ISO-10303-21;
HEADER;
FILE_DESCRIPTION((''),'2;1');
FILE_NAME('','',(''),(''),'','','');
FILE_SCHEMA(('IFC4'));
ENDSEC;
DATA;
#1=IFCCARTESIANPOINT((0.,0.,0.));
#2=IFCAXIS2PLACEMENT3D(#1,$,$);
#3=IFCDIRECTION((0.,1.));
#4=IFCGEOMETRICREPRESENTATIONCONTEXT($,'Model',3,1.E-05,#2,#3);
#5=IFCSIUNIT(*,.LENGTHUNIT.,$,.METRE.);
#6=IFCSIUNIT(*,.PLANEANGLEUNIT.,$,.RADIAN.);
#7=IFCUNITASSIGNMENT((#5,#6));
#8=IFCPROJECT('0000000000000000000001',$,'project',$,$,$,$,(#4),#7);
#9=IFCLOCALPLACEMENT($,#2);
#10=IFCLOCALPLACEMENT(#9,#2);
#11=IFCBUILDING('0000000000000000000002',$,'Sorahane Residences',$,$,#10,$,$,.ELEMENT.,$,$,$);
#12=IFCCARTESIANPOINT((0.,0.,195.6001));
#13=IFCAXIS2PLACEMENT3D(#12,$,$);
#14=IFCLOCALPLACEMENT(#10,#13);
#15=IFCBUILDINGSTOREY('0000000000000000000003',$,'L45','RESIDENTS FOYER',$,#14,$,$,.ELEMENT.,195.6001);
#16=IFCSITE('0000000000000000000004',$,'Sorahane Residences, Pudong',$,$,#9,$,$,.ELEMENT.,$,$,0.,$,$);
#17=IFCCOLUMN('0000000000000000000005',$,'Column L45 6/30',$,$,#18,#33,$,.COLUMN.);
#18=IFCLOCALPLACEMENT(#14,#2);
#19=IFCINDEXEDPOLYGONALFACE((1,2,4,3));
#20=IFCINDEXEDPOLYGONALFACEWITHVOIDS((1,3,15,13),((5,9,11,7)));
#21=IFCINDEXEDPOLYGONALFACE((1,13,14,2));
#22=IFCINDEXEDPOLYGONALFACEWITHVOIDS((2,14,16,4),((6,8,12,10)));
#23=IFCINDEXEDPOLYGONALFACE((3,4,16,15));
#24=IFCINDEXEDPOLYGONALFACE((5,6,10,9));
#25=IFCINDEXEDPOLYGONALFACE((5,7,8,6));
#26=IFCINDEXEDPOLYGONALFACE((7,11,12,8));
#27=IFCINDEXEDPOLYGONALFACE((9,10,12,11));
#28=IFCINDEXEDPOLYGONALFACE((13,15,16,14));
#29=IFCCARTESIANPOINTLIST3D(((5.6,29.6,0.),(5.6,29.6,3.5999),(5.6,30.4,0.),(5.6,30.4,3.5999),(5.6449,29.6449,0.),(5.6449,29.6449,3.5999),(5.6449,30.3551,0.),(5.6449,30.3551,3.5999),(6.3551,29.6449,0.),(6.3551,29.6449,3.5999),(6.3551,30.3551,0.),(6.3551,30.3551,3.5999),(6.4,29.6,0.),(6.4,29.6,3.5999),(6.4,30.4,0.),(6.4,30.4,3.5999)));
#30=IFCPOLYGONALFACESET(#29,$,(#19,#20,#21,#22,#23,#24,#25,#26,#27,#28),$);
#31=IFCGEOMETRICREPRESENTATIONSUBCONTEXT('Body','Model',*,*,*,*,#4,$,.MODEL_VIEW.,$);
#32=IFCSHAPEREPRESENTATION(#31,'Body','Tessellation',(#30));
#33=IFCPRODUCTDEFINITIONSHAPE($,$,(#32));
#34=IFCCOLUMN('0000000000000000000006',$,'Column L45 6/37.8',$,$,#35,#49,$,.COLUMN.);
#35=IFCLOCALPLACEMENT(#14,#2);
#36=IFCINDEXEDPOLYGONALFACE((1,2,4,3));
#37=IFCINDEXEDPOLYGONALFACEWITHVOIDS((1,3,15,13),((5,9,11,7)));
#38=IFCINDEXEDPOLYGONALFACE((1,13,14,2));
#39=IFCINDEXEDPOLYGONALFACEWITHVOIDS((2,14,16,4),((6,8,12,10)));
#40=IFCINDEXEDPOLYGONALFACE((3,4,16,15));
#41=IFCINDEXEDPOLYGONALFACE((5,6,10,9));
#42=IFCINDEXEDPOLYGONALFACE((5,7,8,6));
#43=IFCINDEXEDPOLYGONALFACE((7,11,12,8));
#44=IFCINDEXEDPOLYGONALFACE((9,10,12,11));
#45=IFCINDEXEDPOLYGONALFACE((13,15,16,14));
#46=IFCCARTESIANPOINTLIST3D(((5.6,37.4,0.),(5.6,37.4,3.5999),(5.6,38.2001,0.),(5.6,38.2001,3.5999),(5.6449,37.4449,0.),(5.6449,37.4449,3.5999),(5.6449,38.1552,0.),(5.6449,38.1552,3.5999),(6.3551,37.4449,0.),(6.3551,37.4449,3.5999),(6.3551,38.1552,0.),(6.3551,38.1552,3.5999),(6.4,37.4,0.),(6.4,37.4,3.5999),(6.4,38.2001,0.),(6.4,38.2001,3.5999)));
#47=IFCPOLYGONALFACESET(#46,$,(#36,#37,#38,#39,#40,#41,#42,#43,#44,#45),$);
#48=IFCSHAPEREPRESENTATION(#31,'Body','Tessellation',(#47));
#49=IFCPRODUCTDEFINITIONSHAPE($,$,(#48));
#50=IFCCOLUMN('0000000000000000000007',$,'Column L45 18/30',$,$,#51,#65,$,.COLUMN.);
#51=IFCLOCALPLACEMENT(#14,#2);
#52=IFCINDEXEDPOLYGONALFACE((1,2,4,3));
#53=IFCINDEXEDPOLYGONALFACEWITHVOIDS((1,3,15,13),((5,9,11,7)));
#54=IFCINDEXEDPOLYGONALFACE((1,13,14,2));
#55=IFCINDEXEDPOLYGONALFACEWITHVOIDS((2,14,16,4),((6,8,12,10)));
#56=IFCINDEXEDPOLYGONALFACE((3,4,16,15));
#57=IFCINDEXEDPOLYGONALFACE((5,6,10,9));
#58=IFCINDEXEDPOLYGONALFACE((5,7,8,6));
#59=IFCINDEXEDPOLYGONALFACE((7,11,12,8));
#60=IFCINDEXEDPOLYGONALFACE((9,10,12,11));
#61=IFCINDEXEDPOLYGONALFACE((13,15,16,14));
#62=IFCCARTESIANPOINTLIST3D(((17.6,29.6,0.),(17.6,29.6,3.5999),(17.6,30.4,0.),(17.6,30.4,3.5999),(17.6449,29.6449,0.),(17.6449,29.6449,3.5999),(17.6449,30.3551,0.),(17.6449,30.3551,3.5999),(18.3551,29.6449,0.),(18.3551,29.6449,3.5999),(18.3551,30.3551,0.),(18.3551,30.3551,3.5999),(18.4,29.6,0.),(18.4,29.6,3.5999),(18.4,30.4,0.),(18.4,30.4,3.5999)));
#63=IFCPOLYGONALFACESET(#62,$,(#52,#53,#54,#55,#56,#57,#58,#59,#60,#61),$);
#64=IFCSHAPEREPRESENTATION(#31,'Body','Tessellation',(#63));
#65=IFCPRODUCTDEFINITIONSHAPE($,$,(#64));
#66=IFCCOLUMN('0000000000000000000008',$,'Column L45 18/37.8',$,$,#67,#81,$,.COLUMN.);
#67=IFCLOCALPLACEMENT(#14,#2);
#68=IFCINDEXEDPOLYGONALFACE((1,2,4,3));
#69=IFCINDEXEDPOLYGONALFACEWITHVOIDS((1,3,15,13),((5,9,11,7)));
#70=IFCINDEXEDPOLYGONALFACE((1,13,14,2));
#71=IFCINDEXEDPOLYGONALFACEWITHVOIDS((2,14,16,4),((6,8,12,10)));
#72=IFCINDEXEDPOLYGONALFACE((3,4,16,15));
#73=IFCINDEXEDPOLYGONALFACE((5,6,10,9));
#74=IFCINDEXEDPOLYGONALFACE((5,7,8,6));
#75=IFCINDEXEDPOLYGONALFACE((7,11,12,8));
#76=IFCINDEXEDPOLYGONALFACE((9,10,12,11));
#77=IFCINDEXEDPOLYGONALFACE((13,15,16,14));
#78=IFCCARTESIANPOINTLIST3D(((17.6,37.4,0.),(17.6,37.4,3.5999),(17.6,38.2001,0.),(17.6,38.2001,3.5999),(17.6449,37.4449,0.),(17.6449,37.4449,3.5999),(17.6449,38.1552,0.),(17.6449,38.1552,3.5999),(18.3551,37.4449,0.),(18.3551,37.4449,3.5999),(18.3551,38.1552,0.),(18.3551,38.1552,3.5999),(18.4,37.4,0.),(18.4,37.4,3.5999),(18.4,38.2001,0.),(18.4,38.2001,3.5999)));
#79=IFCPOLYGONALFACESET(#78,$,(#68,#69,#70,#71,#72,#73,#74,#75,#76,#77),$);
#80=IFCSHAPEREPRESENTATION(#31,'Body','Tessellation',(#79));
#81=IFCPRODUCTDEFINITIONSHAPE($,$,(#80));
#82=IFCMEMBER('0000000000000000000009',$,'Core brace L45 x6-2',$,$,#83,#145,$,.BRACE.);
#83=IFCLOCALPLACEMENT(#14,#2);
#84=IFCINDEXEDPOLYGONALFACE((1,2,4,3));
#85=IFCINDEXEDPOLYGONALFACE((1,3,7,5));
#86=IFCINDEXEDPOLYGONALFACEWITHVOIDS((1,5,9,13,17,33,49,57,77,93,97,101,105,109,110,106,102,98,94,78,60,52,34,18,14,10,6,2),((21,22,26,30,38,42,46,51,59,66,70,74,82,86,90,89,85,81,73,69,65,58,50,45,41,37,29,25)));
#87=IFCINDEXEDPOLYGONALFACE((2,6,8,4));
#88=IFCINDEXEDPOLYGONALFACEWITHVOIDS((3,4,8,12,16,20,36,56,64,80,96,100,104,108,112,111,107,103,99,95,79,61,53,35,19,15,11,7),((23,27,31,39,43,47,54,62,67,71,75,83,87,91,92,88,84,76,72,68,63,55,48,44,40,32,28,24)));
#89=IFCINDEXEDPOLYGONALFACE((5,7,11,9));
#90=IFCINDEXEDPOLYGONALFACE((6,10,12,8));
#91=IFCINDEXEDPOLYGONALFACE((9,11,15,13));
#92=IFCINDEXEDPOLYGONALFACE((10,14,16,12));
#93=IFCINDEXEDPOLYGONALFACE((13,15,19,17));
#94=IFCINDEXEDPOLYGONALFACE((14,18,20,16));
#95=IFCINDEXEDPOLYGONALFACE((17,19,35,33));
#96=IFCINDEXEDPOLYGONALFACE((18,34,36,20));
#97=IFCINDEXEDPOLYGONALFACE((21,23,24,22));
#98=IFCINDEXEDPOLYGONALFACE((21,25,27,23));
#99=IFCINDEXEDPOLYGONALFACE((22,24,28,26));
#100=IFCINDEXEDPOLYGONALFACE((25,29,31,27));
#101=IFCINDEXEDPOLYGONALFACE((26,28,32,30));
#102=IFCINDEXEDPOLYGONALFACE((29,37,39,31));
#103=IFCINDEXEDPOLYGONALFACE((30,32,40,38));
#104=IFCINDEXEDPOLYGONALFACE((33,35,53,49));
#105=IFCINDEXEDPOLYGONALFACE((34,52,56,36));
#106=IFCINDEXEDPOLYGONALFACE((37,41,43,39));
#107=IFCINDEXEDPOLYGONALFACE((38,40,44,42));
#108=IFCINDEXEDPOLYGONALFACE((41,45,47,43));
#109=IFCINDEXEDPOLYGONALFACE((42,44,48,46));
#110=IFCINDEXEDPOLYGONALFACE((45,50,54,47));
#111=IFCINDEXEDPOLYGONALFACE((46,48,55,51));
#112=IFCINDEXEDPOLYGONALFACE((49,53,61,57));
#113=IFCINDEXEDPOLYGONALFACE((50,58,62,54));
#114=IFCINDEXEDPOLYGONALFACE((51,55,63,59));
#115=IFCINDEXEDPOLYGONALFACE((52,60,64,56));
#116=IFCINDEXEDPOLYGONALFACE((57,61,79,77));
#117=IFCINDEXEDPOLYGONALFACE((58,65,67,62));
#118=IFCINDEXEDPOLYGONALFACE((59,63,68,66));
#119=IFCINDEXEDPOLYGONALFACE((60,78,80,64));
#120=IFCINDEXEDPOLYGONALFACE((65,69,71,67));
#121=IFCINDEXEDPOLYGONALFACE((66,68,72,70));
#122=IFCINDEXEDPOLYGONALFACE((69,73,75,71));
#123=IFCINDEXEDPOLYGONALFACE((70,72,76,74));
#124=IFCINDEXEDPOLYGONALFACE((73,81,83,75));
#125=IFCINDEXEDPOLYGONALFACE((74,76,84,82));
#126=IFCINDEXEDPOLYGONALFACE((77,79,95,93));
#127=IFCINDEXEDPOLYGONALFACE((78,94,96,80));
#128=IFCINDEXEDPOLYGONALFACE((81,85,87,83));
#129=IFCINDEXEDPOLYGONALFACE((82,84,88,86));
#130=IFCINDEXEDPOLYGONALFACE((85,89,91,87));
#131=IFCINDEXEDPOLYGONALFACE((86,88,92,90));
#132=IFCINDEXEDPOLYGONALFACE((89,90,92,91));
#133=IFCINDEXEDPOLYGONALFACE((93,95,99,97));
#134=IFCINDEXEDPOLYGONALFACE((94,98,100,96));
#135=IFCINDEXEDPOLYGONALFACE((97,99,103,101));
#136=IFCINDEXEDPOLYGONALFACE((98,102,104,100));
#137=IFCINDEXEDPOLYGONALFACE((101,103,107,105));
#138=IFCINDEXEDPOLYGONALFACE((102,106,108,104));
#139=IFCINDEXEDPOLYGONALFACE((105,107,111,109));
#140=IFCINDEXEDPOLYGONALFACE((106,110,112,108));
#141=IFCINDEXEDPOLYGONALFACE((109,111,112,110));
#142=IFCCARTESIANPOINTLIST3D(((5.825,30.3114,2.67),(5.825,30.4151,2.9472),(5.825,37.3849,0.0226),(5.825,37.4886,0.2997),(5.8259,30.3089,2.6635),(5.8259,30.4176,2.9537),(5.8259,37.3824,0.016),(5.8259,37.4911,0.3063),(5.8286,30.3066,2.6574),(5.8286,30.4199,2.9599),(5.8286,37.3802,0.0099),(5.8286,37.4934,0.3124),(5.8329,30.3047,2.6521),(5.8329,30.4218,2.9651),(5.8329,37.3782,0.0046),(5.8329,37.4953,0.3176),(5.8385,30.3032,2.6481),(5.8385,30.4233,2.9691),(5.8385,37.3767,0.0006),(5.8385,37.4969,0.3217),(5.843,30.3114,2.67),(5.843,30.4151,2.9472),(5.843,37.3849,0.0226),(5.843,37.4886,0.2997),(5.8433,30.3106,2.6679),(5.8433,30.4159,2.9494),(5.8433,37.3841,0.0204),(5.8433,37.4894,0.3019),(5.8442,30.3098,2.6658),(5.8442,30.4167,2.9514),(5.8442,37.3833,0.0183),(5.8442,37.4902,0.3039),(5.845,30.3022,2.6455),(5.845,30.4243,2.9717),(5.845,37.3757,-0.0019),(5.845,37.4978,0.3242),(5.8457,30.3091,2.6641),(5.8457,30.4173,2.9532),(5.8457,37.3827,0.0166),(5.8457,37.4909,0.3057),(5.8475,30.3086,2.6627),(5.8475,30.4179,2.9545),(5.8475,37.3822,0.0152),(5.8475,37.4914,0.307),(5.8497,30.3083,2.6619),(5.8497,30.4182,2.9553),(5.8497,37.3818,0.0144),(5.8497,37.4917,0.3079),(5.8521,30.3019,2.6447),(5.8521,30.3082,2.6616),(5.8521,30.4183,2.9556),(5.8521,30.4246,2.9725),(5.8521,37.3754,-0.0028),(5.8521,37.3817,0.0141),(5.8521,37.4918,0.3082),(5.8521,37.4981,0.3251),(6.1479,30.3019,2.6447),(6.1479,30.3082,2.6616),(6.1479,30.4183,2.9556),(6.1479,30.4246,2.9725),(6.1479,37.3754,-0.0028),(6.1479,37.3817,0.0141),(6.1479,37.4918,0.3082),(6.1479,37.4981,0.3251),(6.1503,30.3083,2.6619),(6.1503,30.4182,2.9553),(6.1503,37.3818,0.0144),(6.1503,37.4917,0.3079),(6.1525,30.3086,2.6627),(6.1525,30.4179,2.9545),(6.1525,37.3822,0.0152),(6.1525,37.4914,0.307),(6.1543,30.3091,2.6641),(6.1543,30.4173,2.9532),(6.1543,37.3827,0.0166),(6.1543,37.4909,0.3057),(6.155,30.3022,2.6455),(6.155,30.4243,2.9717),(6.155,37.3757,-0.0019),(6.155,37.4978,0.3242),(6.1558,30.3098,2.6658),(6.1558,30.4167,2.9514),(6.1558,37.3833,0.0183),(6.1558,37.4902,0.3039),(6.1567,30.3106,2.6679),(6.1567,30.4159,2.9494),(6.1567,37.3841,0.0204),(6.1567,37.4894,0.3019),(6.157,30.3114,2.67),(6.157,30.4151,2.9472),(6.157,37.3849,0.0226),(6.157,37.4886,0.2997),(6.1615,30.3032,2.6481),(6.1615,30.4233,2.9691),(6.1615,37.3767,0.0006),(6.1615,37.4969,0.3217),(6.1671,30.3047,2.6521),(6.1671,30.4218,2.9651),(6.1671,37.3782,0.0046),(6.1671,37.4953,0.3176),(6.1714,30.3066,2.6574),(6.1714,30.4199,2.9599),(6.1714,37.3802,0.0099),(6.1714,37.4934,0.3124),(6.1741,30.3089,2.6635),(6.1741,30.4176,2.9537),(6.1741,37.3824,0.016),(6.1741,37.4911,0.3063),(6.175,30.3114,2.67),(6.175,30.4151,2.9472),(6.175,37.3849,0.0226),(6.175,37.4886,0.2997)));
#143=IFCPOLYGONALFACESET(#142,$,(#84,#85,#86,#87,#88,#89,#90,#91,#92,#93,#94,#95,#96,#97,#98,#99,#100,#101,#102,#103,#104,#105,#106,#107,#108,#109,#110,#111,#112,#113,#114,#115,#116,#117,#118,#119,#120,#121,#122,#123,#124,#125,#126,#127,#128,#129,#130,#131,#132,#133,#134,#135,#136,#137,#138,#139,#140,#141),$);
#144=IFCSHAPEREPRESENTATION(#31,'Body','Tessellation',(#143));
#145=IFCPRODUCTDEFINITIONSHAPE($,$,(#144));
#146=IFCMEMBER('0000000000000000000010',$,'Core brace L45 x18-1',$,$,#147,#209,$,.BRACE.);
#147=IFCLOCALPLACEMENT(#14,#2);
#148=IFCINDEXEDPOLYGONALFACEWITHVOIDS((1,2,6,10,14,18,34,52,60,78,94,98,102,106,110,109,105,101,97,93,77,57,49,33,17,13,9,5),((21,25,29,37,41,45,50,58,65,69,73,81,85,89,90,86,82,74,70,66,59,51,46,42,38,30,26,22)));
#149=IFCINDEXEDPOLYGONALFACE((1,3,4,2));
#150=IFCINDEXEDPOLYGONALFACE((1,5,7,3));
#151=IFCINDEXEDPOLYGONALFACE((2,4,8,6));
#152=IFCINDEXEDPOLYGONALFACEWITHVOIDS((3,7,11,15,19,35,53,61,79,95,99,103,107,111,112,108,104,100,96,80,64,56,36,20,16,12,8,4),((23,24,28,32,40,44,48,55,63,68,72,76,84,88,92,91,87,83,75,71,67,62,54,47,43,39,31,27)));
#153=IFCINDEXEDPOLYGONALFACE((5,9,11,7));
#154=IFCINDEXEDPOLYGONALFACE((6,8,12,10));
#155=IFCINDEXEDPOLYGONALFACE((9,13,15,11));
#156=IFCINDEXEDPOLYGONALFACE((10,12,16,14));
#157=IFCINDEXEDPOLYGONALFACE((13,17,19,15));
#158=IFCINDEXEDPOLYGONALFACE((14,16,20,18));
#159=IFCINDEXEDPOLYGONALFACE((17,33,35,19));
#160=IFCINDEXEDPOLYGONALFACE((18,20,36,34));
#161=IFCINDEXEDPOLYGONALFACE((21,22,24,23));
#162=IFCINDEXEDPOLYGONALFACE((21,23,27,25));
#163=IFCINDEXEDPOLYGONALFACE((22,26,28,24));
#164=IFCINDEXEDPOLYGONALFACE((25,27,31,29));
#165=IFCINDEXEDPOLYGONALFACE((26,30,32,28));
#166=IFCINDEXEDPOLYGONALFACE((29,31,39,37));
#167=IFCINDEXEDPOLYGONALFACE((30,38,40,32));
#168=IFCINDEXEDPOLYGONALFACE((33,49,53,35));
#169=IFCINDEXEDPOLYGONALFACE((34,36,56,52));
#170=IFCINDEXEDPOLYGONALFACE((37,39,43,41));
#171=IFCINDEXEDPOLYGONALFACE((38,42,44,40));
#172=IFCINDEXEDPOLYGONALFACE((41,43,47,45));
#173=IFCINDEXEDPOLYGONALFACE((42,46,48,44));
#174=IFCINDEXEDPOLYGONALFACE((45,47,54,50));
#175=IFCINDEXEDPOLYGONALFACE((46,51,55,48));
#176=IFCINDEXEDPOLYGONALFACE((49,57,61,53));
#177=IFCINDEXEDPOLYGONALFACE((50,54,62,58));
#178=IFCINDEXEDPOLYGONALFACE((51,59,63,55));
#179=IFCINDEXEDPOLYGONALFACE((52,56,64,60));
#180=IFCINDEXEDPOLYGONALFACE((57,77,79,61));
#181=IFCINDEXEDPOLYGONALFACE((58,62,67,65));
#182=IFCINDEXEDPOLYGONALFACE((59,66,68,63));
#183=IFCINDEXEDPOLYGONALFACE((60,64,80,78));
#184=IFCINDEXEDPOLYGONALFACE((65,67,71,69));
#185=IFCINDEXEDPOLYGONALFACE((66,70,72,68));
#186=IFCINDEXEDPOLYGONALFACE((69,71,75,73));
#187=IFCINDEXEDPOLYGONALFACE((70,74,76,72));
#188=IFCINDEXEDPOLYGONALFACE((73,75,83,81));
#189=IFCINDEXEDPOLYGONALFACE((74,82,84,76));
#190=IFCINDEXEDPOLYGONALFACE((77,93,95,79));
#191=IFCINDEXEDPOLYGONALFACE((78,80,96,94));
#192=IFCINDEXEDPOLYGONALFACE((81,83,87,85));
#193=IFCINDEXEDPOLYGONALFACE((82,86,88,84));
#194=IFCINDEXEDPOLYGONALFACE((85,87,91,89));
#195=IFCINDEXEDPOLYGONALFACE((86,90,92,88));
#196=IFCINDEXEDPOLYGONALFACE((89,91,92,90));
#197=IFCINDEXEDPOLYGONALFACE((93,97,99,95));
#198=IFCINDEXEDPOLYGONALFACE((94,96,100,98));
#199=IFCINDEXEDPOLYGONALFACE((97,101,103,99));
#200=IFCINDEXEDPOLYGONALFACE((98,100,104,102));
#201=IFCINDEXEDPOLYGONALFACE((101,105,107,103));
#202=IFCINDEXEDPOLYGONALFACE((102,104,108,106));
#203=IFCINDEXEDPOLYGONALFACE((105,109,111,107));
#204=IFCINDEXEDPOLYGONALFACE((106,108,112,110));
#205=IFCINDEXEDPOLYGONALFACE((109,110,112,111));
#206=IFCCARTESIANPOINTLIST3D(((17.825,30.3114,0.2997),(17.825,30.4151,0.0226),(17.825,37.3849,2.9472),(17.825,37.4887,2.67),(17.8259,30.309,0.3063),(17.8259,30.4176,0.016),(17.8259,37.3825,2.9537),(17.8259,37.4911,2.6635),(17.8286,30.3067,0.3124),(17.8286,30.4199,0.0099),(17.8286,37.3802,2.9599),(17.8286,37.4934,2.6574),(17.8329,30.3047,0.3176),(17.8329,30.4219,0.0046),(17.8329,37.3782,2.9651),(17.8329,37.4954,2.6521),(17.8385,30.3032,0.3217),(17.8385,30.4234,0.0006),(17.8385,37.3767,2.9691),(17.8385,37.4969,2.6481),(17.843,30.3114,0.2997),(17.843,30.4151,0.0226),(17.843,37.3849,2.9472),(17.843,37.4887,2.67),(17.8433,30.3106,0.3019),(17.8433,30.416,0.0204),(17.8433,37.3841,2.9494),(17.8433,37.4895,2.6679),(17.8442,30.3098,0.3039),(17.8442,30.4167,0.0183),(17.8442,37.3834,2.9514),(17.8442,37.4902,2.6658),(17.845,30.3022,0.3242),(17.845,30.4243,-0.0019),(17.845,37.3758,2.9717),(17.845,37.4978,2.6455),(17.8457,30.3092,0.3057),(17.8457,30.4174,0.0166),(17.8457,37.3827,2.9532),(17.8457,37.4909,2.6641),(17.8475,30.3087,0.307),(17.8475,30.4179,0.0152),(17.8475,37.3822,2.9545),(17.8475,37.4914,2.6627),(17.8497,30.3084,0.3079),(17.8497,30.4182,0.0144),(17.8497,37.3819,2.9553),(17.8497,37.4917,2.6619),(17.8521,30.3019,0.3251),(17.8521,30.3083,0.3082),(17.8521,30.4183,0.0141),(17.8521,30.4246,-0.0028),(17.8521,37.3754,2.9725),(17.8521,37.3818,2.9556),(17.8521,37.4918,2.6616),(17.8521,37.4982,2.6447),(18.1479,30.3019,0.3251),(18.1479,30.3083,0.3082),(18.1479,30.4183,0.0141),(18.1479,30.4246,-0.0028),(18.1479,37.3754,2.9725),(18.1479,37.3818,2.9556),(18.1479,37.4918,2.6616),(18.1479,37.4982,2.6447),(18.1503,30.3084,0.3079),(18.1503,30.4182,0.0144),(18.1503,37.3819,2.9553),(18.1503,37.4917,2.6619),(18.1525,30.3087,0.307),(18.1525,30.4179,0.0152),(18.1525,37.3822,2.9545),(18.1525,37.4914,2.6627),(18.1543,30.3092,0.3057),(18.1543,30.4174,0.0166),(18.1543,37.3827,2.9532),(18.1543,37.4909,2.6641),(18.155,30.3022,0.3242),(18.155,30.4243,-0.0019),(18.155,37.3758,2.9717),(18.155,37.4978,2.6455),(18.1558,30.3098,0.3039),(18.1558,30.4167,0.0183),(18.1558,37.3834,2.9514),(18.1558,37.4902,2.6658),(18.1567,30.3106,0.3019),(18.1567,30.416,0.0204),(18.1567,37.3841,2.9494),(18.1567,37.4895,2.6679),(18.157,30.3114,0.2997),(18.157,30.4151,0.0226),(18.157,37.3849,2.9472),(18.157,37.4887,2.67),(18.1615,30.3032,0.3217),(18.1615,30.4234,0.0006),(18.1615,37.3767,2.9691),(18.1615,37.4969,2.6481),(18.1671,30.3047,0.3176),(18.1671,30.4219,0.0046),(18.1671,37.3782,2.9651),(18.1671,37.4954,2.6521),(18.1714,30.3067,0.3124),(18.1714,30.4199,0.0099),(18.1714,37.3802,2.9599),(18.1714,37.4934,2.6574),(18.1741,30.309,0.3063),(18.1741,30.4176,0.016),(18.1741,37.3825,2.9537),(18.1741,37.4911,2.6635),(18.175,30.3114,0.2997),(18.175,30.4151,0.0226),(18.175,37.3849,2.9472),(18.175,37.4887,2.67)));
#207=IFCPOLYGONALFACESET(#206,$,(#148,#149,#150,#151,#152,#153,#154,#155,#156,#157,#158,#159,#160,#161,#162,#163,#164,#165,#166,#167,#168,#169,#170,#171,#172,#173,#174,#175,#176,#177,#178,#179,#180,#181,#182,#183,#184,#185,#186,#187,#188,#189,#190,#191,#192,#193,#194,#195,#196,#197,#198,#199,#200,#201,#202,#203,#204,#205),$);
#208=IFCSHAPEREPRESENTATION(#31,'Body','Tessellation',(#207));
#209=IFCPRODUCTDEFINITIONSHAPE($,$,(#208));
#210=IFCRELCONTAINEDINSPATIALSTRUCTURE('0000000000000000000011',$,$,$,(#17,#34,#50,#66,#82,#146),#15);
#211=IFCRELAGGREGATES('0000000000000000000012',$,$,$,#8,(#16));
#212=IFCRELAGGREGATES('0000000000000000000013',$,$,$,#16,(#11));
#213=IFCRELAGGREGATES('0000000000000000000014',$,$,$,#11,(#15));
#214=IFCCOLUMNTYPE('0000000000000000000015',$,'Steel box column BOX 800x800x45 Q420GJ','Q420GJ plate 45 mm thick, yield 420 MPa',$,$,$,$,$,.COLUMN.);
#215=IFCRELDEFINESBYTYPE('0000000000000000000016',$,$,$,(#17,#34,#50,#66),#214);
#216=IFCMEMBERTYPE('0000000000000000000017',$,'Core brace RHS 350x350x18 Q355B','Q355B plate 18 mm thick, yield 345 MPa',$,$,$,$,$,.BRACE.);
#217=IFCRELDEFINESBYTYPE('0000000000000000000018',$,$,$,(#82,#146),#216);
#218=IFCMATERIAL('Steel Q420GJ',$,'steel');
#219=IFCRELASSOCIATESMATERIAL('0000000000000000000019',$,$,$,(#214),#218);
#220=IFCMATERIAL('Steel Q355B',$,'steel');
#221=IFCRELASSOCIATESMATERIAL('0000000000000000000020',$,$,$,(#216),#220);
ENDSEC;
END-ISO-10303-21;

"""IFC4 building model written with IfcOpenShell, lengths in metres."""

from ifc_helpers import new_model, si_unit, direction, frame, origin, origin_2d, place, context, subcontext, project, spatial, hollow_rectangle, extrude, material, material_profile, profile_set, type_object, element, save


model = new_model("IFC4")

# Units and contexts
model_context = context("Model", 3, precision=1e-05, world=origin(), true_north=direction((0.0, 1.0)))
body_context = subcontext(model_context, "Body", "Model", "MODEL_VIEW")
ifc_project = project(units=[si_unit("LENGTHUNIT", "METRE"), si_unit("PLANEANGLEUNIT", "RADIAN")], contexts=[model_context])

# Site, building, storey
site_placement = place(None, origin())
site = spatial("IfcSite", under=ifc_project, at=site_placement, Name="Sorahane Residences, Pudong", CompositionType="ELEMENT", RefElevation=0.0)
building_placement = place(site_placement, origin())
building = spatial("IfcBuilding", under=site, at=building_placement, Name="Sorahane Residences", CompositionType="ELEMENT")
storey_placement = place(building_placement, frame((0.0, 0.0, 195.6001)))
storey = spatial("IfcBuildingStorey", under=building, at=storey_placement, Name="L45", Description="RESIDENTS FOYER", CompositionType="ELEMENT", Elevation=195.6001)

# Columns
ifc_material_1 = material(Name="Steel Q420GJ", Category="steel")
ifc_material_profile_1 = material_profile(ifc_material_1, hollow_rectangle(XDim=0.8, YDim=0.8, WallThickness=0.0449, at=origin_2d()), Name="BOX 800x800x45")
ifc_profile_set_1 = profile_set([ifc_material_profile_1], Name="Steel Q420GJ")
column_type = type_object("IfcColumnType", Name="Steel box column BOX 800x800x45 Q420GJ", Description="Q420GJ plate 45 mm thick, yield 420 MPa", PredefinedType="COLUMN", material=ifc_profile_set_1)
for number, where, z_axis, x_axis, name in (
    (1, (6.0, 30.0, 0.0), (0.0, 0.0, 1.0), (1.0, 0.0, 0.0), "Column L45 6/30"),
    (2, (6.0, 37.8, 0.0), (0.0, 0.0, 1.0), (1.0, 0.0, 0.0), "Column L45 6/37.8"),
    (3, (18.0, 30.0, 0.0), (0.0, 0.0, 1.0), (1.0, 0.0, 0.0), "Column L45 18/30"),
    (4, (18.0, 37.8, 0.0), (0.0, 0.0, 1.0), (1.0, 0.0, 0.0), "Column L45 18/37.8"),
):
    element("IfcColumn", number, at=place(storey_placement, frame(where, z_axis=z_axis, x_axis=x_axis)), inside=storey, type_object=column_type, Name=name, PredefinedType="COLUMN", context=body_context, shape_type="SweptSolid", body=[
        extrude(hollow_rectangle(XDim=0.8, YDim=0.8, WallThickness=0.0449, at=origin_2d()), origin(), (0.0, 0.0, 1.0), 3.5999),
    ])

# Members
ifc_material_2 = material(Name="Steel Q355B", Category="steel")
ifc_material_profile_2 = material_profile(ifc_material_2, hollow_rectangle(XDim=0.3501, YDim=0.3501, WallThickness=0.0181, InnerFilletRadius=0.009, OuterFilletRadius=0.0271, at=origin_2d()), Name="RHS 350x350x18")
ifc_profile_set_2 = profile_set([ifc_material_profile_2], Name="Steel Q355B")
member_type = type_object("IfcMemberType", Name="Core brace RHS 350x350x18 Q355B", Description="Q355B plate 18 mm thick, yield 345 MPa", PredefinedType="BRACE", material=ifc_profile_set_2)
for number, where, z_axis, x_axis, name in (
    (5, (6.0, 37.4368, 0.1611), (0.0, -0.936551, 0.350532), (1.0, 0.0, 0.0), "Core brace L45 x6-2"),
    (6, (18.0, 30.3633, 0.1611), (0.0, 0.936551, 0.350532), (-1.0, 0.0, 0.0), "Core brace L45 x18-1"),
):
    element("IfcMember", number, at=place(storey_placement, frame(where, z_axis=z_axis, x_axis=x_axis)), inside=storey, type_object=member_type, Name=name, PredefinedType="BRACE", context=body_context, shape_type="SweptSolid", body=[
        extrude(hollow_rectangle(XDim=0.3501, YDim=0.3501, WallThickness=0.0181, InnerFilletRadius=0.009, OuterFilletRadius=0.0271, at=origin_2d()), origin(), (0.0, 0.0, 1.0), 7.5527),
    ])

save(model, "model.ifc")
